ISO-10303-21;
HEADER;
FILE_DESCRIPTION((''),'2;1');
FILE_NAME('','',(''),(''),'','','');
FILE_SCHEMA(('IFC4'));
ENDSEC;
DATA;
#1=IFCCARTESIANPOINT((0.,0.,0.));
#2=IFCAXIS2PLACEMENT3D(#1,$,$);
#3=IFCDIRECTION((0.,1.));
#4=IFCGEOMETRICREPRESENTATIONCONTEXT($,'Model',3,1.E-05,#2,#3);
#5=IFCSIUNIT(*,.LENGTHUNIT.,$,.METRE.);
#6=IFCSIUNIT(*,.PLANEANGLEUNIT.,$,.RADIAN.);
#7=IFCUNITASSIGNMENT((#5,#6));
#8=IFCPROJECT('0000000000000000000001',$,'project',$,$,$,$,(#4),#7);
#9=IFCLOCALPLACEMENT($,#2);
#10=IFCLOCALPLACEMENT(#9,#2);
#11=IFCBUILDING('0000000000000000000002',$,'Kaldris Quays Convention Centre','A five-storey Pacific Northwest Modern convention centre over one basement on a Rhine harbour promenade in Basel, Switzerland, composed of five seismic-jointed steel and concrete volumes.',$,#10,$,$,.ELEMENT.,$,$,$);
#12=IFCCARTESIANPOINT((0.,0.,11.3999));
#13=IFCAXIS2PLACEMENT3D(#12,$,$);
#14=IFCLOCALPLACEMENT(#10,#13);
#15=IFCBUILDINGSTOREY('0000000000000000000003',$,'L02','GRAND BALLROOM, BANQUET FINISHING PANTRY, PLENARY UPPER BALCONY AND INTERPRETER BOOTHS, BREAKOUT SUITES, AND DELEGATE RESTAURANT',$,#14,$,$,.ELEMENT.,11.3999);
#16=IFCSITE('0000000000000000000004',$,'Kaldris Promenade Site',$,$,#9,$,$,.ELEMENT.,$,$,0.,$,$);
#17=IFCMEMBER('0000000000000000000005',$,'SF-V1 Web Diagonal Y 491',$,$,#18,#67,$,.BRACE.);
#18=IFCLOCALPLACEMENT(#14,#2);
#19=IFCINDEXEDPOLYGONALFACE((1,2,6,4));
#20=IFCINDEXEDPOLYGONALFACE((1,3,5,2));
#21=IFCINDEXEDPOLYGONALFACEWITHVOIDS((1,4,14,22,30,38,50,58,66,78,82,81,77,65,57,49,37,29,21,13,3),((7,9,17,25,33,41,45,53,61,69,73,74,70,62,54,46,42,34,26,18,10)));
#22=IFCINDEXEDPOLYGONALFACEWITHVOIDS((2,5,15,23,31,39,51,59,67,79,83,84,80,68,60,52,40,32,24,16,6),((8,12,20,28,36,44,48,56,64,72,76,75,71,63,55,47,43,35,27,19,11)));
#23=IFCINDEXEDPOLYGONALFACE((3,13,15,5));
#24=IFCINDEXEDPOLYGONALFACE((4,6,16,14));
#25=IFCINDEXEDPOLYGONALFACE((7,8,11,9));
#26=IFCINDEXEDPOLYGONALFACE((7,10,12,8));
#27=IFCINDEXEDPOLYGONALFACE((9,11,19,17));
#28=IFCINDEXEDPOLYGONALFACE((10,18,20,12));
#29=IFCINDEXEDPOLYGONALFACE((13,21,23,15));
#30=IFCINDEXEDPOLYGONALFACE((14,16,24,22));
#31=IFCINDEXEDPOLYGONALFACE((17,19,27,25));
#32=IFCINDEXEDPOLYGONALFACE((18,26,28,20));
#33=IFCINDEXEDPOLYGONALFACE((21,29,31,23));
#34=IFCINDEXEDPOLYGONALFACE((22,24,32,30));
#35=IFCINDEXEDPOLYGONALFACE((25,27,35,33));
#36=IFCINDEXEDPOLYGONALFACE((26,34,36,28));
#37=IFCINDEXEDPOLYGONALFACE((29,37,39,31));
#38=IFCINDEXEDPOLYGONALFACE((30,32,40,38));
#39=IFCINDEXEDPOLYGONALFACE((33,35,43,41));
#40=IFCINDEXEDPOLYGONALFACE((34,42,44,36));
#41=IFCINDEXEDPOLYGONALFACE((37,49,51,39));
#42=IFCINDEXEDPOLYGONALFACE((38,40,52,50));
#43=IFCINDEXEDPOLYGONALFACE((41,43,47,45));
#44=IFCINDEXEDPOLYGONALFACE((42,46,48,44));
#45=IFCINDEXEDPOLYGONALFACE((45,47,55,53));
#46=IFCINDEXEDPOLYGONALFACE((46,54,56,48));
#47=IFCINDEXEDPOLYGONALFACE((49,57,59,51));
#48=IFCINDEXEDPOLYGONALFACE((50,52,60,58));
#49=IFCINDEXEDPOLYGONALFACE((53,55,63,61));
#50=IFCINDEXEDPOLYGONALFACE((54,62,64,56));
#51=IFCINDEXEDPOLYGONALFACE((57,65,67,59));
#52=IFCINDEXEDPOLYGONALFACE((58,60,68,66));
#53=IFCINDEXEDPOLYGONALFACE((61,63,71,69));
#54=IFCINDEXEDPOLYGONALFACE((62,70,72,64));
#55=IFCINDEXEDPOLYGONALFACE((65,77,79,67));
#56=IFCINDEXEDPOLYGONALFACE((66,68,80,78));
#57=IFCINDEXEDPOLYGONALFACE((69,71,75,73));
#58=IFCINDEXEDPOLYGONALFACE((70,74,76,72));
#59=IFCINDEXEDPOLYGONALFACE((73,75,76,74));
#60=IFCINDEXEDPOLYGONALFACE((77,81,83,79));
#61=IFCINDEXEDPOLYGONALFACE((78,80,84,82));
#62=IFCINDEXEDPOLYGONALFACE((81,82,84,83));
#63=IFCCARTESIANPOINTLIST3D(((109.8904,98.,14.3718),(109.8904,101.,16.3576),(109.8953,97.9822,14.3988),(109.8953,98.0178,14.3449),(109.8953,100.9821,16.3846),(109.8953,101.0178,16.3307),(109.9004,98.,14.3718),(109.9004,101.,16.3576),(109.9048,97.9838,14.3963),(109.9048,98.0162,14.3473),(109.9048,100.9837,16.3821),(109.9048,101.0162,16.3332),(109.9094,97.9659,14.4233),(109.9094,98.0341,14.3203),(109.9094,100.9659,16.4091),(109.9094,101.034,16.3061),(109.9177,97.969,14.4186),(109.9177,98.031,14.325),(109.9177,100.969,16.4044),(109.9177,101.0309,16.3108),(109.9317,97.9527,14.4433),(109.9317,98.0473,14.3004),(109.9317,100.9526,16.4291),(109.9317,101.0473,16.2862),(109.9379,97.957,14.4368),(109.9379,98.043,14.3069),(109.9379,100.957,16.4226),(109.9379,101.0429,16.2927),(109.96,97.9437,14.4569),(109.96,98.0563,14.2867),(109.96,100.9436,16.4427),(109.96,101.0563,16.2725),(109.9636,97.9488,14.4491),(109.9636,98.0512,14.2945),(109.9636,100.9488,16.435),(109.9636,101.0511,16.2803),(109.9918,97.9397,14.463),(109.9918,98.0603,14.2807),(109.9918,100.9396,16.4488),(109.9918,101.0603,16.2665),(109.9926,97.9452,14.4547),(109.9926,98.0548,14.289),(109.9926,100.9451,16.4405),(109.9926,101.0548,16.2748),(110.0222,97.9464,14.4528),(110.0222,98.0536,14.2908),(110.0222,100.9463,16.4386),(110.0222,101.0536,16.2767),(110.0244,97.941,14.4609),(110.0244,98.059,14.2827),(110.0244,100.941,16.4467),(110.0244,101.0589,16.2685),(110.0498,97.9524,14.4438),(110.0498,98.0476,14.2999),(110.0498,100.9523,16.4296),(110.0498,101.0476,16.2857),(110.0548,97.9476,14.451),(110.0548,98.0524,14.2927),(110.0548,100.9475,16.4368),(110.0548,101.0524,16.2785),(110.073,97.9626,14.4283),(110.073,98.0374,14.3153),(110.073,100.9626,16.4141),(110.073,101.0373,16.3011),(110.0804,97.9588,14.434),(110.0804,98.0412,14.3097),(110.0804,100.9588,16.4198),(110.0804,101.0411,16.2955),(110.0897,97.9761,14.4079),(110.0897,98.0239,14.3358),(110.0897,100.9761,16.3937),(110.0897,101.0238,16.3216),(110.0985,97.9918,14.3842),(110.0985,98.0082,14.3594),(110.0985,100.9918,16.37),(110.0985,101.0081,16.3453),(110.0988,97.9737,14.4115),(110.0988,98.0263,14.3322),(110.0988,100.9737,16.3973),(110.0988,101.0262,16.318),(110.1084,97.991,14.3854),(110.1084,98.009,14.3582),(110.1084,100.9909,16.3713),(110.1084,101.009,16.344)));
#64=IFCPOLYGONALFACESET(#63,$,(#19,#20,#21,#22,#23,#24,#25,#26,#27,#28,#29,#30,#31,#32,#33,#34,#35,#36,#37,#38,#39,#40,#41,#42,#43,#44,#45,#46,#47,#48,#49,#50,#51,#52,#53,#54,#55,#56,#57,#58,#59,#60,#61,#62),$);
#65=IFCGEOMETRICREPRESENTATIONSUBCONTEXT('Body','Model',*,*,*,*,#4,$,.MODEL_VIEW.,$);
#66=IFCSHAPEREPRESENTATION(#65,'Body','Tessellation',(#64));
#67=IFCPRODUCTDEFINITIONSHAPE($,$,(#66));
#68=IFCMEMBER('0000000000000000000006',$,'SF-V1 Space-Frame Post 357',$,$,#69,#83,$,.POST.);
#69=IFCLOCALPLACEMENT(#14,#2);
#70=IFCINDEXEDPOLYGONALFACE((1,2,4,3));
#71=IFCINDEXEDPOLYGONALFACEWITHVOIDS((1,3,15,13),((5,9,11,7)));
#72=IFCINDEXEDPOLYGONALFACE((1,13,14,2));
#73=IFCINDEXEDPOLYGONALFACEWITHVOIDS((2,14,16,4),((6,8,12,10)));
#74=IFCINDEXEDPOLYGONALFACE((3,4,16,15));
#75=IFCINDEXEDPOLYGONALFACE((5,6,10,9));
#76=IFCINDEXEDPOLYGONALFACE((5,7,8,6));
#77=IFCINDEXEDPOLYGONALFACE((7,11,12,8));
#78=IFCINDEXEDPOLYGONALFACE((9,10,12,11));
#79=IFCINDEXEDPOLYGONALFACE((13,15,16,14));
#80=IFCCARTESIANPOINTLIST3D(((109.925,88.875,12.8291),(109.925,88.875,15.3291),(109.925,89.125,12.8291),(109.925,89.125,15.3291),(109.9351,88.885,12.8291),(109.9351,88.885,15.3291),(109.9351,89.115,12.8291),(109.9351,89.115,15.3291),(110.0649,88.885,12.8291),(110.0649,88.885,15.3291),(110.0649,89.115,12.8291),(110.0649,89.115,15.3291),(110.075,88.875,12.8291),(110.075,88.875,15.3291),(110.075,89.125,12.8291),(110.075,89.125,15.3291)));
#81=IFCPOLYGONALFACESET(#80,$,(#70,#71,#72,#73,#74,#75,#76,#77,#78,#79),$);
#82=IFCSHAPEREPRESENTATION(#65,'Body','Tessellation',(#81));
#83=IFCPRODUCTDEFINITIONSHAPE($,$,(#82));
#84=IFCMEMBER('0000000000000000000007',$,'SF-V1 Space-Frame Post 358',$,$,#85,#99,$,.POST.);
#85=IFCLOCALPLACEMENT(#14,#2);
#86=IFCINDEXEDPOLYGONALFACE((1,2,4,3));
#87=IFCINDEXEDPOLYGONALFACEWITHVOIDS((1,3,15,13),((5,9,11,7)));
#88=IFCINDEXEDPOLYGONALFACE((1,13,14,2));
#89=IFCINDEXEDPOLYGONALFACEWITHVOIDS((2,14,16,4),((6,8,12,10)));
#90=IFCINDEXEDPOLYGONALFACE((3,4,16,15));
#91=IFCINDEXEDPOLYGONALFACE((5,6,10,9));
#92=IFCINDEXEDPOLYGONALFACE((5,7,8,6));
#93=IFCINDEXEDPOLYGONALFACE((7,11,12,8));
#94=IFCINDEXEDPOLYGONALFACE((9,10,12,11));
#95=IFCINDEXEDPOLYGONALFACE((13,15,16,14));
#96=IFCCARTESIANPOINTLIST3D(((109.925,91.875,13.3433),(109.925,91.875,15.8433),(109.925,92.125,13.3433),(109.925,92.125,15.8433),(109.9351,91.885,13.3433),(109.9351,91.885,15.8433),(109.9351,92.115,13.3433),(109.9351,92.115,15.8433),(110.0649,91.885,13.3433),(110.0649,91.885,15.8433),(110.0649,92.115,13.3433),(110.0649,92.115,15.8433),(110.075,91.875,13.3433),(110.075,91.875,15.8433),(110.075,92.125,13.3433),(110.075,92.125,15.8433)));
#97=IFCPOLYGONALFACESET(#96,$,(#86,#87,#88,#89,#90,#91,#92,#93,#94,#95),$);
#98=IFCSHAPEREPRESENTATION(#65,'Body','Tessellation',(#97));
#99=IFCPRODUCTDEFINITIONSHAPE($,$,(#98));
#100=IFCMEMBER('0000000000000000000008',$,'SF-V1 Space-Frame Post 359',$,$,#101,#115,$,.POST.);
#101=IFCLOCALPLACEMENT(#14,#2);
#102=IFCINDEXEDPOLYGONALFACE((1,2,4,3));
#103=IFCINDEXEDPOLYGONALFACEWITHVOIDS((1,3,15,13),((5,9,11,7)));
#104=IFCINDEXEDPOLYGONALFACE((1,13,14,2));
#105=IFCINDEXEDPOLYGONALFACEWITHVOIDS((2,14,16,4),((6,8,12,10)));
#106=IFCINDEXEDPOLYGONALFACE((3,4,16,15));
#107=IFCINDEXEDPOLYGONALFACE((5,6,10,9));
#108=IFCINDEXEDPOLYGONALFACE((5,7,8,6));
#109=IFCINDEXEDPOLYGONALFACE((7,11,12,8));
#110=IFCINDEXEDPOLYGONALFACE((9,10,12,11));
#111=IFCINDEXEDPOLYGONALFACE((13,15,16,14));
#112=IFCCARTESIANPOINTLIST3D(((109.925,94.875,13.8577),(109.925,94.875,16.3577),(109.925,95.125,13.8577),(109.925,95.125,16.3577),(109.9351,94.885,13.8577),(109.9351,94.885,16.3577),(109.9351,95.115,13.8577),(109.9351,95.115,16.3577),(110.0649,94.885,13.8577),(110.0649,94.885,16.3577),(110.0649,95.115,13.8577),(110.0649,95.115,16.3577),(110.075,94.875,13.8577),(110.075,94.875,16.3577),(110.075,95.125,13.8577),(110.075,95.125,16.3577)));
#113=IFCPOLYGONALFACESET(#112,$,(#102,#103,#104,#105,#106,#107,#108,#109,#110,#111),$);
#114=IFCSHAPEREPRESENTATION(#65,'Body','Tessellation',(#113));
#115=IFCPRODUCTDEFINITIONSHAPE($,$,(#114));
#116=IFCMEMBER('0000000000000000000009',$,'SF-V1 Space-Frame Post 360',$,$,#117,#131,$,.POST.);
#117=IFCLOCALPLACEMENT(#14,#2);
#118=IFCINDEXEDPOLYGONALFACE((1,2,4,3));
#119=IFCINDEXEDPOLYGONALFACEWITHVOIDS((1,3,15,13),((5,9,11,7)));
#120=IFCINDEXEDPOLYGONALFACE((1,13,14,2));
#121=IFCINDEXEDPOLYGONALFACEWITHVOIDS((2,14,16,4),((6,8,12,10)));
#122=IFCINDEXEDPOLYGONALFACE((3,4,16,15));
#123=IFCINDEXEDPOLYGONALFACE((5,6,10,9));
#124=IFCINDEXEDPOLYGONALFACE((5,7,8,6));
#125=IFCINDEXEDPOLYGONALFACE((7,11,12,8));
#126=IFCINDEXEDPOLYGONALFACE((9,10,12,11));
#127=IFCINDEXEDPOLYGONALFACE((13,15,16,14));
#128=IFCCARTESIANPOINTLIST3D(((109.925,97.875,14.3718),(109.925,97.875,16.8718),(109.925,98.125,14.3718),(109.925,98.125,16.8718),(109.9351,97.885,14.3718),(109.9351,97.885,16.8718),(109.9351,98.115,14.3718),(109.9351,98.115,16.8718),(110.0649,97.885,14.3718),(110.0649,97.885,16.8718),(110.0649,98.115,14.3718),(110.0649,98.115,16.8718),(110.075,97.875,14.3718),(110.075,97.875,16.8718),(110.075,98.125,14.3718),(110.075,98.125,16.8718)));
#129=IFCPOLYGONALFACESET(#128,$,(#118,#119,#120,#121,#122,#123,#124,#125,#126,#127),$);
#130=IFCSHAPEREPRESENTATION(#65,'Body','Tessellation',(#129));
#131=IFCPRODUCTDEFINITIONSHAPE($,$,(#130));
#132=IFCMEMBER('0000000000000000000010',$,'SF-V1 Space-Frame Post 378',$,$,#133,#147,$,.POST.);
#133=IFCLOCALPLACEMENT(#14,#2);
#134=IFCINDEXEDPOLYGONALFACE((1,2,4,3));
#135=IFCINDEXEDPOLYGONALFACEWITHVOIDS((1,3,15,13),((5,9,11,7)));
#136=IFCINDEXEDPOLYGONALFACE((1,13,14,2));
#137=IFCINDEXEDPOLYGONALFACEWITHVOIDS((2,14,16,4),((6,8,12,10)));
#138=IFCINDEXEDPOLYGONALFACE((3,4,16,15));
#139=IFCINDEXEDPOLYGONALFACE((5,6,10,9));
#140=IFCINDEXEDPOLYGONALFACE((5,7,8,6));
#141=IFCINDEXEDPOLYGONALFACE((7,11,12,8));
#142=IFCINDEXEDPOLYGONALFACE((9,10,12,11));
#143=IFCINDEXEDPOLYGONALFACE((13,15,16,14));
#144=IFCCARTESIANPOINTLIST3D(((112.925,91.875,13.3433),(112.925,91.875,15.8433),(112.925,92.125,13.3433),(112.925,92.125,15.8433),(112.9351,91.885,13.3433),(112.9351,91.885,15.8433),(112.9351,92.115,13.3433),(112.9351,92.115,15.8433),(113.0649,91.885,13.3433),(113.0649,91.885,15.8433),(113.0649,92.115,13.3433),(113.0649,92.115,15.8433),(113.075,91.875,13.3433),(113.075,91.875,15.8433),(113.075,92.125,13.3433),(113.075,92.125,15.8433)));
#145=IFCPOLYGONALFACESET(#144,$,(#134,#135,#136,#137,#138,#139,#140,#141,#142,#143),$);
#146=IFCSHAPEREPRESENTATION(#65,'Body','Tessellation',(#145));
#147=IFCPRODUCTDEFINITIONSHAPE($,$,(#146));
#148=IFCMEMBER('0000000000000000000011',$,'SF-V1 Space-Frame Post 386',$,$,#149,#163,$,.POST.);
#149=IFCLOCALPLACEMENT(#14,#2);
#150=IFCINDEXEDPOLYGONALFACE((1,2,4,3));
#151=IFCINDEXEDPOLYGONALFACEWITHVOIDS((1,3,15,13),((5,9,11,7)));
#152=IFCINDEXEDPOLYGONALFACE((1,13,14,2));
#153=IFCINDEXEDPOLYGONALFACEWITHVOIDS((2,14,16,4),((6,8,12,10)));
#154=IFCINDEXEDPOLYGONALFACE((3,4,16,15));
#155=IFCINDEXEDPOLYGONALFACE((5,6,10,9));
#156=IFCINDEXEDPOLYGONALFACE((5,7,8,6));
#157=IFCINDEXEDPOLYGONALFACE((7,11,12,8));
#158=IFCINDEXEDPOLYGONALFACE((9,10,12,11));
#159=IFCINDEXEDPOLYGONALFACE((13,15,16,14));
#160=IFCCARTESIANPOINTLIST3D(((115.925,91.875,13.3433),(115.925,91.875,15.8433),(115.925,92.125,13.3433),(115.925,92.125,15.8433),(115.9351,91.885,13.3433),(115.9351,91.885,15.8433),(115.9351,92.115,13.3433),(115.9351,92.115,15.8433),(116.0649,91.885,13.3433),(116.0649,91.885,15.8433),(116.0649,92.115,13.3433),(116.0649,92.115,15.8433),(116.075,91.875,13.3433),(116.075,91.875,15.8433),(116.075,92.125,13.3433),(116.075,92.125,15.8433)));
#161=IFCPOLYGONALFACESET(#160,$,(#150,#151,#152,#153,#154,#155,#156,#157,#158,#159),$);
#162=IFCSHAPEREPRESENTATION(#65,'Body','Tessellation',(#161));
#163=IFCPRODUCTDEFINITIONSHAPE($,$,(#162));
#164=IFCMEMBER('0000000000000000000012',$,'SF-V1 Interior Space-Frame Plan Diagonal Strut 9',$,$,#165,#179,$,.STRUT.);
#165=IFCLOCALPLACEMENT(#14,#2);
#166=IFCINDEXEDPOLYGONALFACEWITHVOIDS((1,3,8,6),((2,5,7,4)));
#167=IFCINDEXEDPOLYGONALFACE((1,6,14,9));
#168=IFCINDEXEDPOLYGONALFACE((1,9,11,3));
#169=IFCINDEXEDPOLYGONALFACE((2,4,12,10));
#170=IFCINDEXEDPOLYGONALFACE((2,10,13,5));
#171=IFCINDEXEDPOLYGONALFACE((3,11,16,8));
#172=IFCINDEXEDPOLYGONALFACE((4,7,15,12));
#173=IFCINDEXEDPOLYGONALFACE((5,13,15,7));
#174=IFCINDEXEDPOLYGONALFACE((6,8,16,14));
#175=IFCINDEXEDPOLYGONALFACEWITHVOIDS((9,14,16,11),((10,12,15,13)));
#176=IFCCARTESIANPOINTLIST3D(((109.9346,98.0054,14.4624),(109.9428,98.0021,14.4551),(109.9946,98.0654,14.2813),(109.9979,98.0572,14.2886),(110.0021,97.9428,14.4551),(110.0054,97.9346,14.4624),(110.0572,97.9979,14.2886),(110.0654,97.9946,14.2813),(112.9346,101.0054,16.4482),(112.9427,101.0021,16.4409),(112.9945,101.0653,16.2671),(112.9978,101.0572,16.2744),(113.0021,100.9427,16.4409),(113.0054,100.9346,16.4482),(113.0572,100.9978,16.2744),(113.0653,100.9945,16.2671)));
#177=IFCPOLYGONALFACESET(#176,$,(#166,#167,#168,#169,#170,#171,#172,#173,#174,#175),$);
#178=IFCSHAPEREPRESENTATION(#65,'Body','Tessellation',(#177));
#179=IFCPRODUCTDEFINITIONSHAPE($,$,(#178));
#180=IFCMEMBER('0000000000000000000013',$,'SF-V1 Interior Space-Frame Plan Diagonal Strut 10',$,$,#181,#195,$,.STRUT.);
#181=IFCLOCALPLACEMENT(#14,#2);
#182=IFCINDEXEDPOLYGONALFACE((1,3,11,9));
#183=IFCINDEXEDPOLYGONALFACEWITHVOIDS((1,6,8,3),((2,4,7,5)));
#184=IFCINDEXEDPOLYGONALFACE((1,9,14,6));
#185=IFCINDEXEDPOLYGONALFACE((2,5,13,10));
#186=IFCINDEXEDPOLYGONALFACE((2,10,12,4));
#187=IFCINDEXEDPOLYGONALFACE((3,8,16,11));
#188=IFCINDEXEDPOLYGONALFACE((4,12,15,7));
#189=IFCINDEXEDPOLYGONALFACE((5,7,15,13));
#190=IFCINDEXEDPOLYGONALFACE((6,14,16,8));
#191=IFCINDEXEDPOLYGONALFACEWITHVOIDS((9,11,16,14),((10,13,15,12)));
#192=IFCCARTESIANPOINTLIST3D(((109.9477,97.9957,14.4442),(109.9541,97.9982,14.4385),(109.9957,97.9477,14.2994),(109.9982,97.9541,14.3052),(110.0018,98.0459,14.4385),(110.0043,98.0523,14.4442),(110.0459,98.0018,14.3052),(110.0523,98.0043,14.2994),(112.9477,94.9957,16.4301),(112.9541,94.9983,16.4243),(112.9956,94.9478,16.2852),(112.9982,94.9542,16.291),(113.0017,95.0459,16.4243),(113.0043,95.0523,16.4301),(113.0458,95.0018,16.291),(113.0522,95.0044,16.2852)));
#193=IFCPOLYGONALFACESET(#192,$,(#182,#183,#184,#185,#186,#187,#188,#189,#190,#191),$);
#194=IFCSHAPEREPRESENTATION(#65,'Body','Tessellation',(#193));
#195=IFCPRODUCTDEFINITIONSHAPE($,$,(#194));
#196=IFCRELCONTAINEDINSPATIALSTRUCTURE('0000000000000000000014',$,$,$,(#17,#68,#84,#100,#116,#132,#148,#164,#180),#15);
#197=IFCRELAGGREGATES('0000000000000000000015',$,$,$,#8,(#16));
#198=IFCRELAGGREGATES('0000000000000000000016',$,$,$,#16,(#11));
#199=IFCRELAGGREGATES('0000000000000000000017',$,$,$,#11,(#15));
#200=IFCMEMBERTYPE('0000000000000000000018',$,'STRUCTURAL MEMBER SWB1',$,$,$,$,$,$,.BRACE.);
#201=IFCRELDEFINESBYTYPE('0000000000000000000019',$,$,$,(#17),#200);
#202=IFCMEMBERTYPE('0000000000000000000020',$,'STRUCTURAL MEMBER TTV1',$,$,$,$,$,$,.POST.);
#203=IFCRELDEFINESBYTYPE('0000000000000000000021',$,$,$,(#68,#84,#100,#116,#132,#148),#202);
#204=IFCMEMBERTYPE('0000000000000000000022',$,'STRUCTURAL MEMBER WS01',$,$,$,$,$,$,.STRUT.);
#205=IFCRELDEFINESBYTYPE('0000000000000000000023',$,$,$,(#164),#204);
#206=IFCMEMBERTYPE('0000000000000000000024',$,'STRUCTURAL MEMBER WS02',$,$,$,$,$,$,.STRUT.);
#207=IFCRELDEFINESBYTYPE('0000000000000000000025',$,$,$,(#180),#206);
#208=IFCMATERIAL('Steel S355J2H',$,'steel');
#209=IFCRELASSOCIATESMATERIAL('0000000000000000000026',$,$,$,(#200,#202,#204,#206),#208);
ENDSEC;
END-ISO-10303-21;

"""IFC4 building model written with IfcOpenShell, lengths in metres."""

from ifc_helpers import new_model, si_unit, direction, frame, origin, origin_2d, place, context, subcontext, project, spatial, hollow_rectangle, hollow_circle, extrude, material, material_profile, profile_set, type_object, element, save


model = new_model("IFC4")

# Units and contexts
model_context = context("Model", 3, precision=1e-05, world=origin(), true_north=direction((0.0, 1.0)))
body_context = subcontext(model_context, "Body", "Model", "MODEL_VIEW")
ifc_project = project(units=[si_unit("LENGTHUNIT", "METRE"), si_unit("PLANEANGLEUNIT", "RADIAN")], contexts=[model_context])

# Site, building, storey
site_placement = place(None, origin())
site = spatial("IfcSite", under=ifc_project, at=site_placement, Name="Kaldris Promenade Site", CompositionType="ELEMENT", RefElevation=0.0)
building_placement = place(site_placement, origin())
building = spatial("IfcBuilding", under=site, at=building_placement, Name="Kaldris Quays Convention Centre", Description="A five-storey Pacific Northwest Modern convention centre over one basement on a Rhine harbour promenade in Basel, Switzerland, composed of five seismic-jointed steel and concrete volumes.", CompositionType="ELEMENT")
storey_placement = place(building_placement, frame((0.0, 0.0, 11.3999)))
storey = spatial("IfcBuildingStorey", under=building, at=storey_placement, Name="L02", Description="GRAND BALLROOM, BANQUET FINISHING PANTRY, PLENARY UPPER BALCONY AND INTERPRETER BOOTHS, BREAKOUT SUITES, AND DELEGATE RESTAURANT", CompositionType="ELEMENT", Elevation=11.3999)

# Members
ifc_material_1 = material(Name="Steel S355J2H", Category="steel")
ifc_material_profile_1 = material_profile(ifc_material_1, hollow_circle(Radius=0.1096, WallThickness=0.01, at=origin_2d()), Name="CHS 219.1x10")
ifc_profile_set_1 = profile_set([ifc_material_profile_1], Name="Steel S355J2H")
member_type_1 = type_object("IfcMemberType", Name="STRUCTURAL MEMBER SWB1", PredefinedType="BRACE", material=ifc_profile_set_1)
for number, where, z_axis, x_axis, name in (
    (1, (110.0, 98.0, 14.3718), (0.0, 0.833862, 0.551972), (-1.0, 0.0, 0.0), "SF-V1 Web Diagonal Y 491"),
):
    element("IfcMember", number, at=place(storey_placement, frame(where, z_axis=z_axis, x_axis=x_axis)), inside=storey, type_object=member_type_1, Name=name, PredefinedType="BRACE", context=body_context, shape_type="SweptSolid", body=[
        extrude(hollow_circle(Radius=0.1096, WallThickness=0.01, at=origin_2d()), origin(), (0.0, 0.0, 1.0), 3.5977),
    ])
ifc_material_profile_2 = material_profile(ifc_material_1, hollow_rectangle(XDim=0.1499, YDim=0.25, WallThickness=0.01, at=origin_2d()), Name="RHS 250x150x10")
ifc_profile_set_2 = profile_set([ifc_material_profile_2], Name="Steel S355J2H")
member_type_2 = type_object("IfcMemberType", Name="STRUCTURAL MEMBER TTV1", PredefinedType="POST", material=ifc_profile_set_2)
for number, where, z_axis, x_axis, name in (
    (2, (110.0, 89.0, 12.8291), (0.0, 0.0, 1.0), (1.0, 0.0, 0.0), "SF-V1 Space-Frame Post 357"),
    (3, (110.0, 92.0, 13.3433), (0.0, 0.0, 1.0), (1.0, 0.0, 0.0), "SF-V1 Space-Frame Post 358"),
    (4, (110.0, 95.0, 13.8577), (0.0, 0.0, 1.0), (1.0, 0.0, 0.0), "SF-V1 Space-Frame Post 359"),
    (5, (110.0, 98.0, 14.3718), (0.0, 0.0, 1.0), (1.0, 0.0, 0.0), "SF-V1 Space-Frame Post 360"),
    (6, (113.0, 92.0, 13.3433), (0.0, 0.0, 1.0), (1.0, 0.0, 0.0), "SF-V1 Space-Frame Post 378"),
    (7, (116.0, 92.0, 13.3433), (0.0, 0.0, 1.0), (1.0, 0.0, 0.0), "SF-V1 Space-Frame Post 386"),
):
    element("IfcMember", number, at=place(storey_placement, frame(where, z_axis=z_axis, x_axis=x_axis)), inside=storey, type_object=member_type_2, Name=name, PredefinedType="POST", context=body_context, shape_type="SweptSolid", body=[
        extrude(hollow_rectangle(XDim=0.1499, YDim=0.25, WallThickness=0.01, at=origin_2d()), origin(), (0.0, 0.0, 1.0), 2.5),
    ])
ifc_material_profile_3 = material_profile(ifc_material_1, hollow_rectangle(XDim=0.1001, YDim=0.2, WallThickness=0.0081, at=origin_2d()), Name="RHS 200x100x8")
ifc_profile_set_3 = profile_set([ifc_material_profile_3], Name="Steel S355J2H")
member_type_3 = type_object("IfcMemberType", Name="STRUCTURAL MEMBER WS01", PredefinedType="STRUT", material=ifc_profile_set_3)
member_1_placement = place(storey_placement, frame((110.0, 98.0, 14.3718), z_axis=(0.640424, 0.640424, 0.423927), x_axis=(-0.707107, 0.707107, 0.0)))
element("IfcMember", 8, at=member_1_placement, inside=storey, type_object=member_type_3, Name="SF-V1 Interior Space-Frame Plan Diagonal Strut 9", PredefinedType="STRUT", context=body_context, shape_type="SweptSolid", body=[
    extrude(hollow_rectangle(XDim=0.1001, YDim=0.2, WallThickness=0.0081, at=origin_2d()), origin(), (0.0, 0.0, 1.0), 4.6843),
])
ifc_material_profile_4 = material_profile(ifc_material_1, hollow_rectangle(XDim=0.0801, YDim=0.1599, WallThickness=0.0063, at=origin_2d()), Name="RHS 160x80x6.3")
ifc_profile_set_4 = profile_set([ifc_material_profile_4], Name="Steel S355J2H")
member_type_4 = type_object("IfcMemberType", Name="STRUCTURAL MEMBER WS02", PredefinedType="STRUT", material=ifc_profile_set_4)
member_2_placement = place(storey_placement, frame((110.0, 98.0, 14.3718), z_axis=(0.640424, -0.640424, 0.423927), x_axis=(0.707107, 0.707107, 0.0)))
element("IfcMember", 9, at=member_2_placement, inside=storey, type_object=member_type_4, Name="SF-V1 Interior Space-Frame Plan Diagonal Strut 10", PredefinedType="STRUT", context=body_context, shape_type="SweptSolid", body=[
    extrude(hollow_rectangle(XDim=0.0801, YDim=0.1599, WallThickness=0.0063, at=origin_2d()), origin(), (0.0, 0.0, 1.0), 4.6843),
])

save(model, "model.ifc")
